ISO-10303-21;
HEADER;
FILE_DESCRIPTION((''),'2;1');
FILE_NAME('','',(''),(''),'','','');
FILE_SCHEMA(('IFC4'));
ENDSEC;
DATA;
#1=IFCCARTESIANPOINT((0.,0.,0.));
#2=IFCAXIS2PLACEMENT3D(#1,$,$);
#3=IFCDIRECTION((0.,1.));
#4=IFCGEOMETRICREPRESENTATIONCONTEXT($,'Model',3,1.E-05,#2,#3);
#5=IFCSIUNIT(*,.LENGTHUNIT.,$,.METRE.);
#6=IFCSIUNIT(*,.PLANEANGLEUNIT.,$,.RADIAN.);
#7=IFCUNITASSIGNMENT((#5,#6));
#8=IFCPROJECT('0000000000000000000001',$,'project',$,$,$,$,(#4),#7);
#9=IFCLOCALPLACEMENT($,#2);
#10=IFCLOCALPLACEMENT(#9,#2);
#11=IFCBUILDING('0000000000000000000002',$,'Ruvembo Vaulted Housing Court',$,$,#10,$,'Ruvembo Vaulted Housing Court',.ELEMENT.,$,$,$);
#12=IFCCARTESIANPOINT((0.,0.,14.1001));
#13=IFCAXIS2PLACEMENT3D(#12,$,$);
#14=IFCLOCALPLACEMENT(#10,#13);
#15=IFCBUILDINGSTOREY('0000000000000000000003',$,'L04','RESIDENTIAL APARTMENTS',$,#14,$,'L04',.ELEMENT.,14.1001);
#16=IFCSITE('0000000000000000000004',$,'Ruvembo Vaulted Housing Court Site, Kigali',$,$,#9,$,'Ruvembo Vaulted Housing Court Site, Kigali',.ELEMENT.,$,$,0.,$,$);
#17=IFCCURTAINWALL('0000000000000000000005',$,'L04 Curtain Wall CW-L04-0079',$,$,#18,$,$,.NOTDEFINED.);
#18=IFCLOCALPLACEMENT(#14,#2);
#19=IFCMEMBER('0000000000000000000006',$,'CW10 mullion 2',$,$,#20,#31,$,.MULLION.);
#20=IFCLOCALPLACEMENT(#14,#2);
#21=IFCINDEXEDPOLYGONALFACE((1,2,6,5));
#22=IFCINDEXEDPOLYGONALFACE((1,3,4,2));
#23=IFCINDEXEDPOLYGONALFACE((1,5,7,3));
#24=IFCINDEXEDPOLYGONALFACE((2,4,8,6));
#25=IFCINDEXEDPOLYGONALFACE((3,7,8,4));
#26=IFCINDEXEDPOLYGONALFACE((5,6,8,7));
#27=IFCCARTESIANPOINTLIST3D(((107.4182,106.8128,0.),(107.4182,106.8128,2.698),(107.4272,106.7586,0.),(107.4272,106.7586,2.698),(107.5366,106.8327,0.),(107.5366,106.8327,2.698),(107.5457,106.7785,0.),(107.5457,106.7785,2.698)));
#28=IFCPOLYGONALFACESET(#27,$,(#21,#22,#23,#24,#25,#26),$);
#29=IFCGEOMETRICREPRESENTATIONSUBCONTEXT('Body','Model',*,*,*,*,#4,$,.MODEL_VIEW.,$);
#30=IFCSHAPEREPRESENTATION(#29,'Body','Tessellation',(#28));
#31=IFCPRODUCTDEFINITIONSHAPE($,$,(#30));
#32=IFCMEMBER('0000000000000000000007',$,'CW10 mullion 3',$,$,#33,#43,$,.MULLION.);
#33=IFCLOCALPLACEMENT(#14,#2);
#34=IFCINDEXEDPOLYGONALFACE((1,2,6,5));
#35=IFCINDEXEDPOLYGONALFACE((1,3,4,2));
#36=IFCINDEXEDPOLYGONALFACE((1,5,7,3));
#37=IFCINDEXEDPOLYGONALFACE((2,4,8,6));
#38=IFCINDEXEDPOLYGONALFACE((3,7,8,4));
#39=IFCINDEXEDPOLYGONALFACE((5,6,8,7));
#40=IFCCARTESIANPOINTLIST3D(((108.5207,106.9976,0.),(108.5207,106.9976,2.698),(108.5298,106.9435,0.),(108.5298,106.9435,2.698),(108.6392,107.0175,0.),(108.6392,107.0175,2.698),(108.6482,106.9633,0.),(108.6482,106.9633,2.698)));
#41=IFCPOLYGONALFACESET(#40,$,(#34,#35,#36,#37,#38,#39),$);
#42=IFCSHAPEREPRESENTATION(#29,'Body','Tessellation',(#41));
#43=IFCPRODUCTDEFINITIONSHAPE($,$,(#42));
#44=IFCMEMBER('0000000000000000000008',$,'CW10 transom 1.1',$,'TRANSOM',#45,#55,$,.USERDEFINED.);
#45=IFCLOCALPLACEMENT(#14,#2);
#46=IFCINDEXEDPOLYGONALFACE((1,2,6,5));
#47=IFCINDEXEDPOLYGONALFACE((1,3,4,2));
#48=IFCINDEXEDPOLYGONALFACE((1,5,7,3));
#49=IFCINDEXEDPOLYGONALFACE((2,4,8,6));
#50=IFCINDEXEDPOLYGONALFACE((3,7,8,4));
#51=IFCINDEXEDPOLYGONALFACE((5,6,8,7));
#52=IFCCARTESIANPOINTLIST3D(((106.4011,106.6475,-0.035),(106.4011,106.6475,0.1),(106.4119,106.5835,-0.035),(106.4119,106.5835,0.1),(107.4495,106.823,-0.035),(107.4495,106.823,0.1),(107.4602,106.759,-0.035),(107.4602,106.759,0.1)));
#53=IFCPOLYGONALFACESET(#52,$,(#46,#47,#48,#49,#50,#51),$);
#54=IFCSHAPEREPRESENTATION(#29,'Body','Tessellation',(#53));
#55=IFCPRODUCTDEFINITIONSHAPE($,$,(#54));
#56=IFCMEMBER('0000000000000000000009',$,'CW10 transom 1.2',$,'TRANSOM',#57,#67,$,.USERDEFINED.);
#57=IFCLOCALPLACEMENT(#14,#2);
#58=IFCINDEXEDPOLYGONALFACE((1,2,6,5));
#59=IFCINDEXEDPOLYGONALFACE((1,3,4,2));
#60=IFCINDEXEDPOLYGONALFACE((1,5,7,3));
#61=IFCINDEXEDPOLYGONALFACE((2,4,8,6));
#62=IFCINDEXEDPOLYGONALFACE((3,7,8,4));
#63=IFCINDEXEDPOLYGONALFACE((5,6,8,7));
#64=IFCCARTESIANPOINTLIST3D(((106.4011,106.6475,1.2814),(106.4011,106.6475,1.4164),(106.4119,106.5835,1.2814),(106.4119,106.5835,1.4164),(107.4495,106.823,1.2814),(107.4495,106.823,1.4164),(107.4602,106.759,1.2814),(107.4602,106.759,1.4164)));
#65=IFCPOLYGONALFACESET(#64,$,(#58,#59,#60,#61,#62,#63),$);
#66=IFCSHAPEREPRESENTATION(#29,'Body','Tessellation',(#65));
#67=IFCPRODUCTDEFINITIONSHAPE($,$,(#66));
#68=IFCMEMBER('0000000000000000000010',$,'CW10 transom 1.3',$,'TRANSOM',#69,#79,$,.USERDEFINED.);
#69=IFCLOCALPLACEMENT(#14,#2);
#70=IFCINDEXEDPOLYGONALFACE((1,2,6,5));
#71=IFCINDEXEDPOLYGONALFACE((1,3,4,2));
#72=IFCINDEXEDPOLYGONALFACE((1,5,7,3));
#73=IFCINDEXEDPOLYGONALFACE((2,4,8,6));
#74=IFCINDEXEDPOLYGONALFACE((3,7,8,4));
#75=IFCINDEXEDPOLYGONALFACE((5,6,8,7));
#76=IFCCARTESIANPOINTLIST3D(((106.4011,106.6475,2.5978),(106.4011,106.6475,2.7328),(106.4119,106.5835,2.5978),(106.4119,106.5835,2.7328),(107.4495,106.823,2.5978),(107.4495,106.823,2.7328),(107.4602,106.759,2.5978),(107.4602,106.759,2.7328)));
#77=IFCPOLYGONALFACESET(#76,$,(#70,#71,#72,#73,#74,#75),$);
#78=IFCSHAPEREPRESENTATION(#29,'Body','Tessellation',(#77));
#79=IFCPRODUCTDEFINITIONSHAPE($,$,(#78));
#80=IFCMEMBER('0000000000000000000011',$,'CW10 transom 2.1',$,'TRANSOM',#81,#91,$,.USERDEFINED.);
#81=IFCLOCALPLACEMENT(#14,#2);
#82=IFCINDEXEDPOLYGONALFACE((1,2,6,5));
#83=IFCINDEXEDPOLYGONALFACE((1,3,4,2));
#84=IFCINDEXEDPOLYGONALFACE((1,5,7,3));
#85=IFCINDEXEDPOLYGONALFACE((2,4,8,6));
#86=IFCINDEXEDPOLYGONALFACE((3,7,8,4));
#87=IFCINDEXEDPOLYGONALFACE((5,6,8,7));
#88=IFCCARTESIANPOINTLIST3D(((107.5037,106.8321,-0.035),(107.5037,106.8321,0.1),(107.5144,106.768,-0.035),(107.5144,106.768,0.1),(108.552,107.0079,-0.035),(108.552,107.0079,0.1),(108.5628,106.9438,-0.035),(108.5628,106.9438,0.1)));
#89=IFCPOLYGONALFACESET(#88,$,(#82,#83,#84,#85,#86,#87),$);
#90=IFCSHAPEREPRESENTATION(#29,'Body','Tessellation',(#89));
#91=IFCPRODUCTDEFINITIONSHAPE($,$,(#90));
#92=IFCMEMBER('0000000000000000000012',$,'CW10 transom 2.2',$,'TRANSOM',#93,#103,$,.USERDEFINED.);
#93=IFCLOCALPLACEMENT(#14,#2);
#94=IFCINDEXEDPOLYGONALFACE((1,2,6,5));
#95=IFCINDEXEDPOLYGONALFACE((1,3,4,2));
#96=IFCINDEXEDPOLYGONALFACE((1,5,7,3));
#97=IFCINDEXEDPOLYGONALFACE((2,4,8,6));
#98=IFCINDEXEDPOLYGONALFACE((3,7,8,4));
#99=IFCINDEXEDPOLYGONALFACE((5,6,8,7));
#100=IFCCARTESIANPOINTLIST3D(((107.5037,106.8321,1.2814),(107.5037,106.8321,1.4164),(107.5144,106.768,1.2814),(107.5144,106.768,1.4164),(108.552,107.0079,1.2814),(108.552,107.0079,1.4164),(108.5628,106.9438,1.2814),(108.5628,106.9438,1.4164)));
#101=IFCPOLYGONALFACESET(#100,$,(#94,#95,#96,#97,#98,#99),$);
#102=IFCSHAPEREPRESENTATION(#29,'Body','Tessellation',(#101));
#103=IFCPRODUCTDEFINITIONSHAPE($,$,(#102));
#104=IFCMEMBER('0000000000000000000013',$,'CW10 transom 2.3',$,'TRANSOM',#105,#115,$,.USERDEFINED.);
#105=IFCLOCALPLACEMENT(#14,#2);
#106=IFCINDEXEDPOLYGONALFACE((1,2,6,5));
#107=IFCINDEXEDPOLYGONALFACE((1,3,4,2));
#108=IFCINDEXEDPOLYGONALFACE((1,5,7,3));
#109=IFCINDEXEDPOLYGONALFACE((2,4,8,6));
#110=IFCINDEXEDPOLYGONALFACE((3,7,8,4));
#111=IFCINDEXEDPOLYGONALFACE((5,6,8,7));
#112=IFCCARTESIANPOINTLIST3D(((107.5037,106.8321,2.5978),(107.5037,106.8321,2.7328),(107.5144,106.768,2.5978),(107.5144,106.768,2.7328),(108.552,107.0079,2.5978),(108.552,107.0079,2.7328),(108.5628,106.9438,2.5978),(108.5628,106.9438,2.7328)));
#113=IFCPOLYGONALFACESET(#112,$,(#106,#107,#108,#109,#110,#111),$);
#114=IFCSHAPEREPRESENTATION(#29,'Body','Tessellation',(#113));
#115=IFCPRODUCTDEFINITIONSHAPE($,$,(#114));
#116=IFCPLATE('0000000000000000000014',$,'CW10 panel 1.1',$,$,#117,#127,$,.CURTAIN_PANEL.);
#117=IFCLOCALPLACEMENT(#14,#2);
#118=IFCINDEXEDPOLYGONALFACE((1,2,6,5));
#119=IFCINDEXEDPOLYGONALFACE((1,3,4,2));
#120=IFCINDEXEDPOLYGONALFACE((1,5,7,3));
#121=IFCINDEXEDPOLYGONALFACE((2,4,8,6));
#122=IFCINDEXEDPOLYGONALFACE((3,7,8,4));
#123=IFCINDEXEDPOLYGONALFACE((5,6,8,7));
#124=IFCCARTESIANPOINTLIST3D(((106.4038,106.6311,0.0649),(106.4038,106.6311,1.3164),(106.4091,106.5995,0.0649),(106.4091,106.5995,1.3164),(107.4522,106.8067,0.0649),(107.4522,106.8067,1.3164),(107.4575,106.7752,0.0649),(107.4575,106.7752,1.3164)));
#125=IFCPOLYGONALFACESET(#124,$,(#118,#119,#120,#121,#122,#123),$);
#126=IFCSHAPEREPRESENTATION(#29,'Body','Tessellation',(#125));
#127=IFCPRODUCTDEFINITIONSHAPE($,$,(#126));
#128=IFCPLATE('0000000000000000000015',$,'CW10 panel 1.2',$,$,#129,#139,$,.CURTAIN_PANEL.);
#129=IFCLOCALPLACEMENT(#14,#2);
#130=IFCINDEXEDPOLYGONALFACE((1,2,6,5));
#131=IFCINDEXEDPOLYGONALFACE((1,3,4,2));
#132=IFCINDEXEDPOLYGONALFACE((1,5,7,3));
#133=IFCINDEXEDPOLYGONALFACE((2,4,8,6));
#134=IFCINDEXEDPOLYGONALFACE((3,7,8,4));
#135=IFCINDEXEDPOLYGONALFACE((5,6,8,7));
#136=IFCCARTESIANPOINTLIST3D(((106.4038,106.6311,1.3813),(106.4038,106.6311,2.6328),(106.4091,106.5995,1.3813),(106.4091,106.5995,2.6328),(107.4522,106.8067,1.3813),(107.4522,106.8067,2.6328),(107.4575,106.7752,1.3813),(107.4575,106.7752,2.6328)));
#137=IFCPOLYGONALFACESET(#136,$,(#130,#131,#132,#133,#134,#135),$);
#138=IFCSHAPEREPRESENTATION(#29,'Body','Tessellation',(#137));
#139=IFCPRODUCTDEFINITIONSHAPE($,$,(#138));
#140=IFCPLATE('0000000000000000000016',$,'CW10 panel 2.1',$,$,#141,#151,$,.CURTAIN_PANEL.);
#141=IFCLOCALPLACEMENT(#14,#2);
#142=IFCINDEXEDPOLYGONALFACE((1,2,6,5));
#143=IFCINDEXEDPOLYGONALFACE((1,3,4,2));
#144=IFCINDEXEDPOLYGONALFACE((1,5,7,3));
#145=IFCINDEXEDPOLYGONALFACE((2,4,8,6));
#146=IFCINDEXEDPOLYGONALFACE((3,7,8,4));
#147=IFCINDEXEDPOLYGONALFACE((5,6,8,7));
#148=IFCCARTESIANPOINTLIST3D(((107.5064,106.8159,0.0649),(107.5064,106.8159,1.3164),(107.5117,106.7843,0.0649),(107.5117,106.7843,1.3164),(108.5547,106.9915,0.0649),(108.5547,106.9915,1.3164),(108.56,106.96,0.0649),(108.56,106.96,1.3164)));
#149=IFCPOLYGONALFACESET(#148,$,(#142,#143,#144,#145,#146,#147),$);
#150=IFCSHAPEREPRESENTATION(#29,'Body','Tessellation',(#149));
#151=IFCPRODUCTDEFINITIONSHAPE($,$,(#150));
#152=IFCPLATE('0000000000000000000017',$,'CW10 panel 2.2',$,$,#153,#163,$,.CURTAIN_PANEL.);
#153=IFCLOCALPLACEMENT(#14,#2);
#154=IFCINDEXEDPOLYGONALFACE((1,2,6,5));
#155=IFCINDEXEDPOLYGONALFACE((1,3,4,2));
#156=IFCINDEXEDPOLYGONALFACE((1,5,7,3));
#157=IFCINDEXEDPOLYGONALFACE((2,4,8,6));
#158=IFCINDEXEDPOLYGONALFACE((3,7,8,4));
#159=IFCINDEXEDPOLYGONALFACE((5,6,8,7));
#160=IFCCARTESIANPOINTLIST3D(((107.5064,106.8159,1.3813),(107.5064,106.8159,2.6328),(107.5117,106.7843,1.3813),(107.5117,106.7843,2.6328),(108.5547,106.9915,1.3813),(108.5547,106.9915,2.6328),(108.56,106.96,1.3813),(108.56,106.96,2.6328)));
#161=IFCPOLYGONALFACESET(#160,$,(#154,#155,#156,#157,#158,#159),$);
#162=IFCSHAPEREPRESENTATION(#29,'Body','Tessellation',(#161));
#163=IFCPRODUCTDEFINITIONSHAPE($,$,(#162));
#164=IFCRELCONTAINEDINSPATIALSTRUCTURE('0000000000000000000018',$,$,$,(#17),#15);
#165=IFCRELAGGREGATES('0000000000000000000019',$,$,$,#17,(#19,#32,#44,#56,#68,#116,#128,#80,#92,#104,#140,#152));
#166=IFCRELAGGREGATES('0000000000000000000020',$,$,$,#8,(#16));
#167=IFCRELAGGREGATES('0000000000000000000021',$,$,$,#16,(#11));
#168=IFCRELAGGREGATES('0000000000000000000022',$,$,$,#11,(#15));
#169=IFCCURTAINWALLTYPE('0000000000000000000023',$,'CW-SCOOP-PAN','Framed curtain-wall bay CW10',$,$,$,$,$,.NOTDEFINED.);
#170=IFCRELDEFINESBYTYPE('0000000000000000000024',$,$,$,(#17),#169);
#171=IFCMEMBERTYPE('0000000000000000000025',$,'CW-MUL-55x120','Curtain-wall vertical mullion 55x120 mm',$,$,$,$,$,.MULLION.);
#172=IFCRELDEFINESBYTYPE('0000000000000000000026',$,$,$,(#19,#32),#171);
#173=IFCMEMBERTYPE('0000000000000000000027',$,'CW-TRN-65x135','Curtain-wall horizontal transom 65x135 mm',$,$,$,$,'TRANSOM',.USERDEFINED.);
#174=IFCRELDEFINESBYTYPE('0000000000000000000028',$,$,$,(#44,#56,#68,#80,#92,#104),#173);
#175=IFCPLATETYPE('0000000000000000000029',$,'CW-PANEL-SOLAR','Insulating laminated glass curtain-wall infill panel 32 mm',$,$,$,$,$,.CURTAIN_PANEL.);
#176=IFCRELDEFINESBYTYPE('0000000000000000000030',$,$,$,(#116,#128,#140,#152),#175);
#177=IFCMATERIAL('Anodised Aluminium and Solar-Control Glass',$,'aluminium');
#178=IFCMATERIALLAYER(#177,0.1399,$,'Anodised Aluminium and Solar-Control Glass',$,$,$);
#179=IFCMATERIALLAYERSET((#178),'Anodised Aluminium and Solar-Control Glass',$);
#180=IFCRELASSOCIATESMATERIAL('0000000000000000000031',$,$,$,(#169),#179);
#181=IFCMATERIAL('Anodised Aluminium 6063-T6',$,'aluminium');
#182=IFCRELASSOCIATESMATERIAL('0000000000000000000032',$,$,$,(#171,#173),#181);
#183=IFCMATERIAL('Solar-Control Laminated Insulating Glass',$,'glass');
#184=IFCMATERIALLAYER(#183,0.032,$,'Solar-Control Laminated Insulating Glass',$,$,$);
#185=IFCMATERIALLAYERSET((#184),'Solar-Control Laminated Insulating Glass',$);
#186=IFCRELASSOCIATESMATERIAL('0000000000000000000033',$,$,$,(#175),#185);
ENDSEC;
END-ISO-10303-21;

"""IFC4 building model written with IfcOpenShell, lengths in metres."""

from ifc_helpers import new_model, si_unit, direction, frame, origin, origin_2d, place, context, subcontext, project, spatial, rectangle, extrude, material, layer, layer_set, material_profile, profile_set, type_object, element, aggregate, save


model = new_model("IFC4")

# Units and contexts
model_context = context("Model", 3, precision=1e-05, world=origin(), true_north=direction((0.0, 1.0)))
body_context = subcontext(model_context, "Body", "Model", "MODEL_VIEW")
ifc_project = project(units=[si_unit("LENGTHUNIT", "METRE"), si_unit("PLANEANGLEUNIT", "RADIAN")], contexts=[model_context])

# Site, building, storey
site_placement = place(None, origin())
site = spatial("IfcSite", under=ifc_project, at=site_placement, Name="Ruvembo Vaulted Housing Court Site, Kigali", LongName="Ruvembo Vaulted Housing Court Site, Kigali", CompositionType="ELEMENT", RefElevation=0.0)
building_placement = place(site_placement, origin())
building = spatial("IfcBuilding", under=site, at=building_placement, Name="Ruvembo Vaulted Housing Court", LongName="Ruvembo Vaulted Housing Court", CompositionType="ELEMENT")
storey_placement = place(building_placement, frame((0.0, 0.0, 14.1001)))
storey = spatial("IfcBuildingStorey", under=building, at=storey_placement, Name="L04", Description="RESIDENTIAL APARTMENTS", LongName="L04", CompositionType="ELEMENT", Elevation=14.1001)

# Curtain wall, members, plates
ifc_material_1 = material(Name="Anodised Aluminium and Solar-Control Glass", Category="aluminium")
ifc_layer_1 = layer(ifc_material_1, 0.1399, Name="Anodised Aluminium and Solar-Control Glass")
ifc_layer_set_1 = layer_set([ifc_layer_1], Name="Anodised Aluminium and Solar-Control Glass")
curtain_wall_type = type_object("IfcCurtainWallType", Name="CW-SCOOP-PAN", Description="Framed curtain-wall bay CW10", PredefinedType="NOTDEFINED", material=ifc_layer_set_1)
curtain_wall_placement = place(storey_placement, origin())
curtain_wall = element("IfcCurtainWall", 1, at=curtain_wall_placement, inside=storey, type_object=curtain_wall_type, Name="L04 Curtain Wall CW-L04-0079", PredefinedType="NOTDEFINED")
ifc_material_2 = material(Name="Anodised Aluminium 6063-T6", Category="aluminium")
ifc_material_profile_1 = material_profile(ifc_material_2, rectangle(XDim=0.0549, YDim=0.1201, at=origin_2d()), Name="ALU 55x120")
ifc_profile_set_1 = profile_set([ifc_material_profile_1], Name="Anodised Aluminium 6063-T6")
member_type_1 = type_object("IfcMemberType", Name="CW-MUL-55x120", Description="Curtain-wall vertical mullion 55x120 mm", PredefinedType="MULLION", material=ifc_profile_set_1)
member_1_placement = place(storey_placement, frame((107.4819, 106.7957, 0.0), z_axis=(0.0, 0.0, 1.0), x_axis=(-0.165263, 0.98625, 0.0)))
member_1 = element("IfcMember", 2, at=member_1_placement, type_object=member_type_1, Name="CW10 mullion 2", PredefinedType="MULLION", context=body_context, shape_type="SweptSolid", body=[
    extrude(rectangle(XDim=0.0549, YDim=0.1201, at=origin_2d()), origin(), (0.0, 0.0, 1.0), 2.698),
])
member_2_placement = place(storey_placement, frame((108.5845, 106.9805, 0.0), z_axis=(0.0, 0.0, 1.0), x_axis=(-0.165263, 0.98625, 0.0)))
member_2 = element("IfcMember", 3, at=member_2_placement, type_object=member_type_1, Name="CW10 mullion 3", PredefinedType="MULLION", context=body_context, shape_type="SweptSolid", body=[
    extrude(rectangle(XDim=0.0549, YDim=0.1201, at=origin_2d()), origin(), (0.0, 0.0, 1.0), 2.698),
])
ifc_material_profile_2 = material_profile(ifc_material_2, rectangle(XDim=0.0649, YDim=0.135, at=origin_2d()), Name="ALU 65x135")
ifc_profile_set_2 = profile_set([ifc_material_profile_2], Name="Anodised Aluminium 6063-T6")
member_type_2 = type_object("IfcMemberType", Name="CW-TRN-65x135", Description="Curtain-wall horizontal transom 65x135 mm", ElementType="TRANSOM", PredefinedType="USERDEFINED", material=ifc_profile_set_2)
member_3_placement = place(storey_placement, frame((106.4065, 106.6155, 0.0325), z_axis=(0.986269, 0.165144, 0.0), x_axis=(-0.165144, 0.986269, 0.0)))
member_3 = element("IfcMember", 4, at=member_3_placement, type_object=member_type_2, Name="CW10 transom 1.1", ObjectType="TRANSOM", PredefinedType="USERDEFINED", context=body_context, shape_type="SweptSolid", body=[
    extrude(rectangle(XDim=0.0649, YDim=0.135, at=origin_2d()), origin(), (0.0, 0.0, 1.0), 1.063),
])
member_4_placement = place(storey_placement, frame((106.4065, 106.6155, 1.3489), z_axis=(0.986269, 0.165144, 0.0), x_axis=(-0.165144, 0.986269, 0.0)))
member_4 = element("IfcMember", 5, at=member_4_placement, type_object=member_type_2, Name="CW10 transom 1.2", ObjectType="TRANSOM", PredefinedType="USERDEFINED", context=body_context, shape_type="SweptSolid", body=[
    extrude(rectangle(XDim=0.0649, YDim=0.135, at=origin_2d()), origin(), (0.0, 0.0, 1.0), 1.063),
])
member_5_placement = place(storey_placement, frame((106.4065, 106.6155, 2.6653), z_axis=(0.986269, 0.165144, 0.0), x_axis=(-0.165144, 0.986269, 0.0)))
member_5 = element("IfcMember", 6, at=member_5_placement, type_object=member_type_2, Name="CW10 transom 1.3", ObjectType="TRANSOM", PredefinedType="USERDEFINED", context=body_context, shape_type="SweptSolid", body=[
    extrude(rectangle(XDim=0.0649, YDim=0.135, at=origin_2d()), origin(), (0.0, 0.0, 1.0), 1.063),
])
member_6_placement = place(storey_placement, frame((107.509, 106.8, 0.0325), z_axis=(0.986232, 0.165367, 0.0), x_axis=(-0.165367, 0.986232, 0.0)))
member_6 = element("IfcMember", 7, at=member_6_placement, type_object=member_type_2, Name="CW10 transom 2.1", ObjectType="TRANSOM", PredefinedType="USERDEFINED", context=body_context, shape_type="SweptSolid", body=[
    extrude(rectangle(XDim=0.0649, YDim=0.135, at=origin_2d()), origin(), (0.0, 0.0, 1.0), 1.063),
])
member_7_placement = place(storey_placement, frame((107.509, 106.8, 1.3489), z_axis=(0.986232, 0.165367, 0.0), x_axis=(-0.165367, 0.986232, 0.0)))
member_7 = element("IfcMember", 8, at=member_7_placement, type_object=member_type_2, Name="CW10 transom 2.2", ObjectType="TRANSOM", PredefinedType="USERDEFINED", context=body_context, shape_type="SweptSolid", body=[
    extrude(rectangle(XDim=0.0649, YDim=0.135, at=origin_2d()), origin(), (0.0, 0.0, 1.0), 1.063),
])
member_8_placement = place(storey_placement, frame((107.509, 106.8, 2.6653), z_axis=(0.986232, 0.165367, 0.0), x_axis=(-0.165367, 0.986232, 0.0)))
member_8 = element("IfcMember", 9, at=member_8_placement, type_object=member_type_2, Name="CW10 transom 2.3", ObjectType="TRANSOM", PredefinedType="USERDEFINED", context=body_context, shape_type="SweptSolid", body=[
    extrude(rectangle(XDim=0.0649, YDim=0.135, at=origin_2d()), origin(), (0.0, 0.0, 1.0), 1.063),
])
ifc_material_3 = material(Name="Solar-Control Laminated Insulating Glass", Category="glass")
ifc_layer_2 = layer(ifc_material_3, 0.032, Name="Solar-Control Laminated Insulating Glass")
ifc_layer_set_2 = layer_set([ifc_layer_2], Name="Solar-Control Laminated Insulating Glass")
plate_type = type_object("IfcPlateType", Name="CW-PANEL-SOLAR", Description="Insulating laminated glass curtain-wall infill panel 32 mm", PredefinedType="CURTAIN_PANEL", material=ifc_layer_set_2)
plate_1_placement = place(storey_placement, frame((106.9307, 106.7031, 0.0649), z_axis=(0.0, 0.0, 1.0), x_axis=(0.98625, 0.165263, 0.0)))
plate_1 = element("IfcPlate", 10, at=plate_1_placement, type_object=plate_type, Name="CW10 panel 1.1", PredefinedType="CURTAIN_PANEL", context=body_context, shape_type="SweptSolid", body=[
    extrude(rectangle(XDim=1.063, YDim=0.032, at=origin_2d()), origin(), (0.0, 0.0, 1.0), 1.2515),
])
plate_2_placement = place(storey_placement, frame((106.9307, 106.7031, 1.3813), z_axis=(0.0, 0.0, 1.0), x_axis=(0.98625, 0.165263, 0.0)))
plate_2 = element("IfcPlate", 11, at=plate_2_placement, type_object=plate_type, Name="CW10 panel 1.2", PredefinedType="CURTAIN_PANEL", context=body_context, shape_type="SweptSolid", body=[
    extrude(rectangle(XDim=1.063, YDim=0.032, at=origin_2d()), origin(), (0.0, 0.0, 1.0), 1.2515),
])
plate_3_placement = place(storey_placement, frame((108.0332, 106.8879, 0.0649), z_axis=(0.0, 0.0, 1.0), x_axis=(0.98625, 0.165263, 0.0)))
plate_3 = element("IfcPlate", 12, at=plate_3_placement, type_object=plate_type, Name="CW10 panel 2.1", PredefinedType="CURTAIN_PANEL", context=body_context, shape_type="SweptSolid", body=[
    extrude(rectangle(XDim=1.063, YDim=0.032, at=origin_2d()), origin(), (0.0, 0.0, 1.0), 1.2515),
])
plate_4_placement = place(storey_placement, frame((108.0332, 106.8879, 1.3813), z_axis=(0.0, 0.0, 1.0), x_axis=(0.98625, 0.165263, 0.0)))
plate_4 = element("IfcPlate", 13, at=plate_4_placement, type_object=plate_type, Name="CW10 panel 2.2", PredefinedType="CURTAIN_PANEL", context=body_context, shape_type="SweptSolid", body=[
    extrude(rectangle(XDim=1.063, YDim=0.032, at=origin_2d()), origin(), (0.0, 0.0, 1.0), 1.2515),
])
aggregate(curtain_wall, [member_1, member_2, member_3, member_4, member_5, plate_1, plate_2, member_6, member_7, member_8, plate_3, plate_4])

save(model, "model.ifc")
